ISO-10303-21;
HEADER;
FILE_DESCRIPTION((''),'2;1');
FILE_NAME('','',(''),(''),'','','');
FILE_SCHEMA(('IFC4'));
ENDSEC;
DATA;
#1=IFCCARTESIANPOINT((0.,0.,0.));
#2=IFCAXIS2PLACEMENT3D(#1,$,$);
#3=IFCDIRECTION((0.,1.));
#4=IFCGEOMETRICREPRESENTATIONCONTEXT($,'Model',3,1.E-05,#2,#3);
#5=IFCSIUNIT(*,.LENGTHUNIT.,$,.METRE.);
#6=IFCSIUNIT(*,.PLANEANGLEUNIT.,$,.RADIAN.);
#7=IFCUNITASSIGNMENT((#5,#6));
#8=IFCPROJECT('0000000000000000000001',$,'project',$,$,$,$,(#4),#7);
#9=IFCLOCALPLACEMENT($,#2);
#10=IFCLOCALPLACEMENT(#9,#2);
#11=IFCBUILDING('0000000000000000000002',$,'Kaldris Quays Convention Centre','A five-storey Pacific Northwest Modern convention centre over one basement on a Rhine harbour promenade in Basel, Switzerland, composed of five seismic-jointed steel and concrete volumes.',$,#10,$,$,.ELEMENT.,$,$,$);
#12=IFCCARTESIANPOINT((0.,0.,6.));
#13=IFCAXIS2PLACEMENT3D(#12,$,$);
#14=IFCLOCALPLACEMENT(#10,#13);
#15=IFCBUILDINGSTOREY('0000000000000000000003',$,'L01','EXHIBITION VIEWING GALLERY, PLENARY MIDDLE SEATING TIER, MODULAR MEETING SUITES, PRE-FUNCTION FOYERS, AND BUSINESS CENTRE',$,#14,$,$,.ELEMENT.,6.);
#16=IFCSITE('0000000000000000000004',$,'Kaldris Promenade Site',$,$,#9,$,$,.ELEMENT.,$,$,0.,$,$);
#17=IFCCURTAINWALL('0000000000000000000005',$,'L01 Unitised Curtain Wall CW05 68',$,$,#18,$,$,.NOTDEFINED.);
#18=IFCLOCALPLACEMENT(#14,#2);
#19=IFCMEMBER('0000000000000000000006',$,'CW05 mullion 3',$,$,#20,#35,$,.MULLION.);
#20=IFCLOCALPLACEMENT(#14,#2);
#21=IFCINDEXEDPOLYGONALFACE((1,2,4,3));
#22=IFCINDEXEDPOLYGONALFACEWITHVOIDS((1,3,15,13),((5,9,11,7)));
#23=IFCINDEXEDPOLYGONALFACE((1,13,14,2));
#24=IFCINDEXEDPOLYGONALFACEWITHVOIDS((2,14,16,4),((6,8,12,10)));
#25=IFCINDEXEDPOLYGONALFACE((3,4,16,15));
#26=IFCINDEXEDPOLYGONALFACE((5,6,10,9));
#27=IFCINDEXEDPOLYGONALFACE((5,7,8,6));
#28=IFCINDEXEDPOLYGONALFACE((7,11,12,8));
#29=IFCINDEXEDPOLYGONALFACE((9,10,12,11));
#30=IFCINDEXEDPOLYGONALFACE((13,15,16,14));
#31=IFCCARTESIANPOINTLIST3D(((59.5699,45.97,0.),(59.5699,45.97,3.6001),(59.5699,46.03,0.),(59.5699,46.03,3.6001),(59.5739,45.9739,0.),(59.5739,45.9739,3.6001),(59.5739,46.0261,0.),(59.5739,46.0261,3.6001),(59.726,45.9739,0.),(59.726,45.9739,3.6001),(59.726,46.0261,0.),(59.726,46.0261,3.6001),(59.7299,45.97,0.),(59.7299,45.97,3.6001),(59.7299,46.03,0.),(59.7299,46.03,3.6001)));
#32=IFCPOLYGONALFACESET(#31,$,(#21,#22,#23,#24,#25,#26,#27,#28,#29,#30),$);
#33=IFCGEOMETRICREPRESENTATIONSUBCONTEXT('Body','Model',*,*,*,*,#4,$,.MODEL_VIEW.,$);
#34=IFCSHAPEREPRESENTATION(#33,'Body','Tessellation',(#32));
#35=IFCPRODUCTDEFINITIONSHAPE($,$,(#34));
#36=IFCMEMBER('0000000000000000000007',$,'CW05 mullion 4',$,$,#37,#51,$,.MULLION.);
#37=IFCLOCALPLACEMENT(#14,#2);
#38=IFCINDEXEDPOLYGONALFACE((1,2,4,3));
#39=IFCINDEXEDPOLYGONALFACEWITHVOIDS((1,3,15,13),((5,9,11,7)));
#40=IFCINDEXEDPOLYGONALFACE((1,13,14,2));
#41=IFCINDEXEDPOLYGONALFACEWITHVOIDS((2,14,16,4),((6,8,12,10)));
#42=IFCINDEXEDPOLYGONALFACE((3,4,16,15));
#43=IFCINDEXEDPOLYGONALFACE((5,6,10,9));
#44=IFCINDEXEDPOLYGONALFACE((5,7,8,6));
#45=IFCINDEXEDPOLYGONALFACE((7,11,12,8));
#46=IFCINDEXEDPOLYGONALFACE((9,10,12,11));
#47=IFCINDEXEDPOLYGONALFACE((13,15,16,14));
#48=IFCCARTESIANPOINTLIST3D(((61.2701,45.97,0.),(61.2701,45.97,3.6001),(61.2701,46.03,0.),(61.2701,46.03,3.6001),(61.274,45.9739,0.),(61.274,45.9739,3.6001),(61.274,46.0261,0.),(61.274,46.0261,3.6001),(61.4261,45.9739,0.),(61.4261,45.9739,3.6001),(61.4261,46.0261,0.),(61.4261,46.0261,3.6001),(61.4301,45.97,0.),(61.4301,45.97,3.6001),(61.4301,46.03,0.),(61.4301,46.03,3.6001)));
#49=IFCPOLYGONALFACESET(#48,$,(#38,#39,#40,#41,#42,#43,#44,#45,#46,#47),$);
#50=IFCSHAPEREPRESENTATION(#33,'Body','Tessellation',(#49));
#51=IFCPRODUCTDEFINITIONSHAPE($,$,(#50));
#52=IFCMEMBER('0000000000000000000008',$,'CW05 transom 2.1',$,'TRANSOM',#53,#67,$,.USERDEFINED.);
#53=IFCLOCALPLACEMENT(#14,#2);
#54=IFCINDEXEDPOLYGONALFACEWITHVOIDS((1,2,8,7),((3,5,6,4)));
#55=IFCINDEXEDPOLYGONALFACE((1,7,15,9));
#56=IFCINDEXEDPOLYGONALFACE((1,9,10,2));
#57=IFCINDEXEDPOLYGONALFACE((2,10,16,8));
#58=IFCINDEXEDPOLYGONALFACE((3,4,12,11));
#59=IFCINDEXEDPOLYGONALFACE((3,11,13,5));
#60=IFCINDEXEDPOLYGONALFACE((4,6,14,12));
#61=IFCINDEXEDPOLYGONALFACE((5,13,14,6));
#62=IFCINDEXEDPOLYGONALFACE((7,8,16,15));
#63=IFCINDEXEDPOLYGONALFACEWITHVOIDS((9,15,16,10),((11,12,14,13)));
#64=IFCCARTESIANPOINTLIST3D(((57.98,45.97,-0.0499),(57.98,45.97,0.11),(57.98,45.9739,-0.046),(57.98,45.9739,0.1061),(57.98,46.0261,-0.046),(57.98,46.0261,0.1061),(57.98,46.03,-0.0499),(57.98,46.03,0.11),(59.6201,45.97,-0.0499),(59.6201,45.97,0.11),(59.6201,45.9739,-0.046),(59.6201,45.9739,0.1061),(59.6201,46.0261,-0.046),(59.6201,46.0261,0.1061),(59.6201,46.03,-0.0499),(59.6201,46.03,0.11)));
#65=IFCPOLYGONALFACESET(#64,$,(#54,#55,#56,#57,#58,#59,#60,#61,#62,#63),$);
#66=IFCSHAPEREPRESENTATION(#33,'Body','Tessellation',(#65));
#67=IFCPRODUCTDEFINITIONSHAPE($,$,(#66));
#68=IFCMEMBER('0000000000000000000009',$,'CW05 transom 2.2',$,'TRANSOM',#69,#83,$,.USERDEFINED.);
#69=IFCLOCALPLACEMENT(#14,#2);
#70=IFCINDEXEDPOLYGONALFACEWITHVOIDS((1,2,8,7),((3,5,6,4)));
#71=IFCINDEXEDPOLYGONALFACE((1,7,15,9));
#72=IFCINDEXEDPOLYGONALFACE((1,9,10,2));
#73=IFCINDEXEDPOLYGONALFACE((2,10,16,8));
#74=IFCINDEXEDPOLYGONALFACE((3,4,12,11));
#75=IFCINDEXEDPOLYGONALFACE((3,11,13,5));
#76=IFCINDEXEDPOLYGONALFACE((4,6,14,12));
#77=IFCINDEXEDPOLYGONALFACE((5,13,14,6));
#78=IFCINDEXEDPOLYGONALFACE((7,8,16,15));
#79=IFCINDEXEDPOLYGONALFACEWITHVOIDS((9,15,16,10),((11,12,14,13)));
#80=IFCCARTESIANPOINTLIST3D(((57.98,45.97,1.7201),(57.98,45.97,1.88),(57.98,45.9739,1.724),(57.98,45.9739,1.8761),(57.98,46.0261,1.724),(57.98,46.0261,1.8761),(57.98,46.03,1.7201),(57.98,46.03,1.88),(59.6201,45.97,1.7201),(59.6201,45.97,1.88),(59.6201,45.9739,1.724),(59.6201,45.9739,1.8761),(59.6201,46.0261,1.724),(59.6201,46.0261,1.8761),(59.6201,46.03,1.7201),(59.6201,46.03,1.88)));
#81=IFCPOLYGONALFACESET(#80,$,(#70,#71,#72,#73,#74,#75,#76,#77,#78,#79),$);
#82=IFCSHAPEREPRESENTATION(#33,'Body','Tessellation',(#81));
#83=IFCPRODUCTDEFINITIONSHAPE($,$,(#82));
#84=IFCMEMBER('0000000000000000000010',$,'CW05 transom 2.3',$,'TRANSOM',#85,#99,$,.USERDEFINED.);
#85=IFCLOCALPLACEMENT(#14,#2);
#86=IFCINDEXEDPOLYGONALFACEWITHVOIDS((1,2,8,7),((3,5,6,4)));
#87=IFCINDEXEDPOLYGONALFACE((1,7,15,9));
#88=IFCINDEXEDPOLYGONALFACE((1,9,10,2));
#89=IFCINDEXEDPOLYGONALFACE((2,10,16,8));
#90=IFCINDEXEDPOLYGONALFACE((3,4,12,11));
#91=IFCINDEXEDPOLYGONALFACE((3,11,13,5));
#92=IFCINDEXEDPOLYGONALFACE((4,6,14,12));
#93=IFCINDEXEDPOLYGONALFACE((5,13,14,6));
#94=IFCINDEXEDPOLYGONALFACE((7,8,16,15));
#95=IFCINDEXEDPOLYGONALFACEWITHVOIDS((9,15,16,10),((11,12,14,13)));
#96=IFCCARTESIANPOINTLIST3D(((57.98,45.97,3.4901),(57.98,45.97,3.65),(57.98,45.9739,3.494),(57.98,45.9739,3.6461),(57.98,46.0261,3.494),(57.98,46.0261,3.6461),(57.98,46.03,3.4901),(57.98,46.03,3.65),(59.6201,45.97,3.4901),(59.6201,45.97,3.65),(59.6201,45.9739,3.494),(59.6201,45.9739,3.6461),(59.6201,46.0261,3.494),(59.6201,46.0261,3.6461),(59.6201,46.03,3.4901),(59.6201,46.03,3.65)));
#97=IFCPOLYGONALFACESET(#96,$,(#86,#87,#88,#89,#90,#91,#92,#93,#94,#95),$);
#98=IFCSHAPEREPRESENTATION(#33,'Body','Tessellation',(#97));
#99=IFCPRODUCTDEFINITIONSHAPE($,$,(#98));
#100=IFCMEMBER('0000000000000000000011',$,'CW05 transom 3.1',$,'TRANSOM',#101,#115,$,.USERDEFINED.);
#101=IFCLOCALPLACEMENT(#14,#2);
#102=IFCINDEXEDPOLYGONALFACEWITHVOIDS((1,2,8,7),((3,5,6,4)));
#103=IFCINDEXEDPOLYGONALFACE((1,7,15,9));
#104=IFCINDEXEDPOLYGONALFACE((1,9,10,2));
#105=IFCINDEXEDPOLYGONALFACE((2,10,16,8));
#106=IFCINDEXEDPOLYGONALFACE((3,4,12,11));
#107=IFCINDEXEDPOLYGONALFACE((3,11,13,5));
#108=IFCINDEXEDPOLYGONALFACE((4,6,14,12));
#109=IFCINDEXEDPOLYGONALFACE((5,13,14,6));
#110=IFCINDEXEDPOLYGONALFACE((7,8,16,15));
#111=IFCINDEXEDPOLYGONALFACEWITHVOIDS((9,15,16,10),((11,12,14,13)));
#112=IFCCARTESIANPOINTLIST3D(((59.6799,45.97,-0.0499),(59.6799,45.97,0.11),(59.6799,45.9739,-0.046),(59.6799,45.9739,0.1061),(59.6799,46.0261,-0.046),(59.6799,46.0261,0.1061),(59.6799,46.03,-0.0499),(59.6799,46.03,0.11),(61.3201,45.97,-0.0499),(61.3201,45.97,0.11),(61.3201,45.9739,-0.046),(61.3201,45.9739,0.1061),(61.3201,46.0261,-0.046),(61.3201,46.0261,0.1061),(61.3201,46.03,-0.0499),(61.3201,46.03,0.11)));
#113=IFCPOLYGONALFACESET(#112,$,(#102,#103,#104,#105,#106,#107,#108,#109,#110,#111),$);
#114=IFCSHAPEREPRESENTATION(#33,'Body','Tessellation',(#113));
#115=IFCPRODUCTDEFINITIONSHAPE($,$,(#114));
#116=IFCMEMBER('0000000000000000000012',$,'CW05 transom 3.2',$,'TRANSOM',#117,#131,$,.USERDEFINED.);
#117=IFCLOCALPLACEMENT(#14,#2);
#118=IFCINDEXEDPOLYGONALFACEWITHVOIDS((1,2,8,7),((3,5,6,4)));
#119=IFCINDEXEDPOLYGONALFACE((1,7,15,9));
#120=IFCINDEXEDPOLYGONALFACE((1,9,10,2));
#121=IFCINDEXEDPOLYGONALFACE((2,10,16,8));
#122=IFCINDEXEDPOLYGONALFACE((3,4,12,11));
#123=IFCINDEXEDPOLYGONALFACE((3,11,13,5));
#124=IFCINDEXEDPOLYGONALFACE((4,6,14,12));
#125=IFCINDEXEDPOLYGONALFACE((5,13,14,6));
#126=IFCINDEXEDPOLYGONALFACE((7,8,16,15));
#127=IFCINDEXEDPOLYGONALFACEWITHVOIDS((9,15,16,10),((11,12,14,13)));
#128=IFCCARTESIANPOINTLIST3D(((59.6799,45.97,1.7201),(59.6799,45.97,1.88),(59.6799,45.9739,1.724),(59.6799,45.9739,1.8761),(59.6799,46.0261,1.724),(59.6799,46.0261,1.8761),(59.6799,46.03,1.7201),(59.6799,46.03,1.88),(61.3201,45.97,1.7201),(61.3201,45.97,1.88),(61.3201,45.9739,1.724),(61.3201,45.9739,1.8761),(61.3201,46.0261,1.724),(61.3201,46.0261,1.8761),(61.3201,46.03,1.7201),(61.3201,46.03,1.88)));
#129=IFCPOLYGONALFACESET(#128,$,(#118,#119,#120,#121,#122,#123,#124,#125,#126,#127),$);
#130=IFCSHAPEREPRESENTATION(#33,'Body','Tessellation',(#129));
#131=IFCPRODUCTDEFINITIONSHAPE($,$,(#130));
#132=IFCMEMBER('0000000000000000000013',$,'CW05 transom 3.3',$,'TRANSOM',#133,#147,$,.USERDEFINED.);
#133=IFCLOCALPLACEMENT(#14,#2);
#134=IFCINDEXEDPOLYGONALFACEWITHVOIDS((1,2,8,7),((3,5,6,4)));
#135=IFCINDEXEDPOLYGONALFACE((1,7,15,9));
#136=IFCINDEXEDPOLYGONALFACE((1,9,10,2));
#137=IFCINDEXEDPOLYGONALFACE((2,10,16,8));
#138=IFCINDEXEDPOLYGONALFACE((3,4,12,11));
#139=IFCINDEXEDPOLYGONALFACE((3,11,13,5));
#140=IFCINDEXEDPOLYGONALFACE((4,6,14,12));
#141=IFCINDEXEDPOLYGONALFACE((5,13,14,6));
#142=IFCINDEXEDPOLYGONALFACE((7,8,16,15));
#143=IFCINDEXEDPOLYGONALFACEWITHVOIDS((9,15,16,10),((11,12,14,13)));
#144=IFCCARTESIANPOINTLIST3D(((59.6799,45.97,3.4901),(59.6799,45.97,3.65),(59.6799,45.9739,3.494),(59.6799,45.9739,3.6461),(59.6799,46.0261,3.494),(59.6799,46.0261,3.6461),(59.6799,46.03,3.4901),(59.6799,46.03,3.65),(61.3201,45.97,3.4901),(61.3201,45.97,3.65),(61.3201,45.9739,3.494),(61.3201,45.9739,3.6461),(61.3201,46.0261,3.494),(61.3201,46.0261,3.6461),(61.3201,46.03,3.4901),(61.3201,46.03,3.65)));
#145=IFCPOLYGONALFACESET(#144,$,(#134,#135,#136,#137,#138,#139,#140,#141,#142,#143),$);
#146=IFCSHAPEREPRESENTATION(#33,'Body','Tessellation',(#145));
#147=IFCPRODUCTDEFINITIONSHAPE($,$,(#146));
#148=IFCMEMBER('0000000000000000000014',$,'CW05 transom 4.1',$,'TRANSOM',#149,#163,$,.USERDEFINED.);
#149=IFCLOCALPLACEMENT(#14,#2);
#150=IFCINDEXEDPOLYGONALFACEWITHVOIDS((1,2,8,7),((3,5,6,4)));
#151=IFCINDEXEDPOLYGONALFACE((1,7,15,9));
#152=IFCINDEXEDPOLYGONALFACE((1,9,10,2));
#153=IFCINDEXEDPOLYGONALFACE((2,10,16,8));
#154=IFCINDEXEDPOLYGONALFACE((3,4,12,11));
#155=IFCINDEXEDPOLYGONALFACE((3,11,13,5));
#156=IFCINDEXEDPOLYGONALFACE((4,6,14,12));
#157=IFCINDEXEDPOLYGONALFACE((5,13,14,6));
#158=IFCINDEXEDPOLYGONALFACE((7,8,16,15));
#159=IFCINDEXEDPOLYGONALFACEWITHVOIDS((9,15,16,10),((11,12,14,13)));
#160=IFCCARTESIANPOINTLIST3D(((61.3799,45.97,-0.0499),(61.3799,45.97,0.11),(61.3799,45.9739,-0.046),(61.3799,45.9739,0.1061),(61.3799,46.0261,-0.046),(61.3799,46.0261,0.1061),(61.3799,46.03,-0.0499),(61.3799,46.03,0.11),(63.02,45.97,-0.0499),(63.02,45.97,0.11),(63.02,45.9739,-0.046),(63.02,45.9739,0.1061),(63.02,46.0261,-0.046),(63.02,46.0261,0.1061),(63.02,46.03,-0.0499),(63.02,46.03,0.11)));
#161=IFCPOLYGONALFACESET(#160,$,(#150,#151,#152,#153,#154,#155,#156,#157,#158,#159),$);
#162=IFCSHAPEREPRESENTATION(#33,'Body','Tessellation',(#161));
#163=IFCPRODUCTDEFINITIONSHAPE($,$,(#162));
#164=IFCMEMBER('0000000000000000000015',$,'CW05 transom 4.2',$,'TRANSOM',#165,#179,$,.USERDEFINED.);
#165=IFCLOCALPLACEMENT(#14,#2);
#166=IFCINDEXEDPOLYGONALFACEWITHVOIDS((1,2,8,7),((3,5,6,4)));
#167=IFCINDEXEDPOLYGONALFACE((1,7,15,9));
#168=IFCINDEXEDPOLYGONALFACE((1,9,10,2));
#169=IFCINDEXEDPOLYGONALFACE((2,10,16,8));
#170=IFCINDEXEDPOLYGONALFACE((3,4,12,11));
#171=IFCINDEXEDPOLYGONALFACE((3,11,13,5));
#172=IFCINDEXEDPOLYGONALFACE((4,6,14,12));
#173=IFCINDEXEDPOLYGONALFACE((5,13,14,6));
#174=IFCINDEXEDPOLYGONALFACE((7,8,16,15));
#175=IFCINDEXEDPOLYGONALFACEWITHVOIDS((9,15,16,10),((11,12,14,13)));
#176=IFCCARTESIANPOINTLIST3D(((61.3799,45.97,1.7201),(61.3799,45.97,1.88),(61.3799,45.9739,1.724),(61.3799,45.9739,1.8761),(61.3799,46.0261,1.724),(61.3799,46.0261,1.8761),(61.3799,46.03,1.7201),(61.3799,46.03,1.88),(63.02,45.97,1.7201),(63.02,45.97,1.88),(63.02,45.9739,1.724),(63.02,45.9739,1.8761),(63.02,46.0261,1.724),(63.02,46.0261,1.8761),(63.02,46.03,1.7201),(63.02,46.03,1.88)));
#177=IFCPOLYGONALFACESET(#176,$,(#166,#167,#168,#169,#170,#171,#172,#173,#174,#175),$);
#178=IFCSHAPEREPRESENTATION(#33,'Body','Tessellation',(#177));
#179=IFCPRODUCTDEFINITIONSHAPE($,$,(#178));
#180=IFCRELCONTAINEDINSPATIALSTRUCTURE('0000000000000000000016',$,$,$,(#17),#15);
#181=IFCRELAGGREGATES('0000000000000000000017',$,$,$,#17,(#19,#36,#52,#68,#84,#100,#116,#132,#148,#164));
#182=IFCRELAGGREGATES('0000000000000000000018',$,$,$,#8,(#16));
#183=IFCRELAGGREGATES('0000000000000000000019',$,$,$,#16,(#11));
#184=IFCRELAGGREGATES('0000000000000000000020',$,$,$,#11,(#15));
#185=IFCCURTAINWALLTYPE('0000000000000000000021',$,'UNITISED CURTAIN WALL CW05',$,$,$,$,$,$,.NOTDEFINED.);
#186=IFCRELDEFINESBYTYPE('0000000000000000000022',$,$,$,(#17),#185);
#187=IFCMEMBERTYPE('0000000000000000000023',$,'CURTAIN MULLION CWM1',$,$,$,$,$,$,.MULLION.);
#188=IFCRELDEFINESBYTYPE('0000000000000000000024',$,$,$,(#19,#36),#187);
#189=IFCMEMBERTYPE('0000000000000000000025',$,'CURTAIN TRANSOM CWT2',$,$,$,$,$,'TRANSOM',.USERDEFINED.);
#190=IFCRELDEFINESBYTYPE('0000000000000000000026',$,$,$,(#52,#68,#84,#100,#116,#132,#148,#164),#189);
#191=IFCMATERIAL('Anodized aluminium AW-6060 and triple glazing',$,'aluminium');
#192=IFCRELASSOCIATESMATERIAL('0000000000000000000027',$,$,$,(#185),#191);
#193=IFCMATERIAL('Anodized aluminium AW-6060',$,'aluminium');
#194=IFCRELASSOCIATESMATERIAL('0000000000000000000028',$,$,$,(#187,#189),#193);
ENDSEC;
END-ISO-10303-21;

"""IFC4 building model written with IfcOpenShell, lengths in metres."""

from ifc_helpers import new_model, si_unit, direction, frame, origin, origin_2d, place, context, subcontext, project, spatial, hollow_rectangle, extrude, material, material_profile, profile_set, type_object, element, aggregate, save


model = new_model("IFC4")

# Units and contexts
model_context = context("Model", 3, precision=1e-05, world=origin(), true_north=direction((0.0, 1.0)))
body_context = subcontext(model_context, "Body", "Model", "MODEL_VIEW")
ifc_project = project(units=[si_unit("LENGTHUNIT", "METRE"), si_unit("PLANEANGLEUNIT", "RADIAN")], contexts=[model_context])

# Site, building, storey
site_placement = place(None, origin())
site = spatial("IfcSite", under=ifc_project, at=site_placement, Name="Kaldris Promenade Site", CompositionType="ELEMENT", RefElevation=0.0)
building_placement = place(site_placement, origin())
building = spatial("IfcBuilding", under=site, at=building_placement, Name="Kaldris Quays Convention Centre", Description="A five-storey Pacific Northwest Modern convention centre over one basement on a Rhine harbour promenade in Basel, Switzerland, composed of five seismic-jointed steel and concrete volumes.", CompositionType="ELEMENT")
storey_placement = place(building_placement, frame((0.0, 0.0, 6.0)))
storey = spatial("IfcBuildingStorey", under=building, at=storey_placement, Name="L01", Description="EXHIBITION VIEWING GALLERY, PLENARY MIDDLE SEATING TIER, MODULAR MEETING SUITES, PRE-FUNCTION FOYERS, AND BUSINESS CENTRE", CompositionType="ELEMENT", Elevation=6.0)

# Curtain wall, members
ifc_material_1 = material(Name="Anodized aluminium AW-6060 and triple glazing", Category="aluminium")
curtain_wall_type = type_object("IfcCurtainWallType", Name="UNITISED CURTAIN WALL CW05", PredefinedType="NOTDEFINED", material=ifc_material_1)
curtain_wall_placement = place(storey_placement, origin())
curtain_wall = element("IfcCurtainWall", 1, at=curtain_wall_placement, inside=storey, type_object=curtain_wall_type, Name="L01 Unitised Curtain Wall CW05 68", PredefinedType="NOTDEFINED")
ifc_material_2 = material(Name="Anodized aluminium AW-6060", Category="aluminium")
ifc_material_profile_1 = material_profile(ifc_material_2, hollow_rectangle(XDim=0.0601, YDim=0.1599, WallThickness=0.0039, at=origin_2d()), Name="RHS 160x60x4")
ifc_profile_set_1 = profile_set([ifc_material_profile_1], Name="Anodized aluminium AW-6060")
member_type_1 = type_object("IfcMemberType", Name="CURTAIN MULLION CWM1", PredefinedType="MULLION", material=ifc_profile_set_1)
member_1_placement = place(storey_placement, frame((59.6499, 46.0, 0.0), z_axis=(0.0, 0.0, 1.0), x_axis=(0.0, 1.0, 0.0)))
member_1 = element("IfcMember", 2, at=member_1_placement, type_object=member_type_1, Name="CW05 mullion 3", PredefinedType="MULLION", context=body_context, shape_type="SweptSolid", body=[
    extrude(hollow_rectangle(XDim=0.0601, YDim=0.1599, WallThickness=0.0039, at=origin_2d()), origin(), (0.0, 0.0, 1.0), 3.6001),
])
member_2_placement = place(storey_placement, frame((61.3501, 46.0, 0.0), z_axis=(0.0, 0.0, 1.0), x_axis=(0.0, 1.0, 0.0)))
member_2 = element("IfcMember", 3, at=member_2_placement, type_object=member_type_1, Name="CW05 mullion 4", PredefinedType="MULLION", context=body_context, shape_type="SweptSolid", body=[
    extrude(hollow_rectangle(XDim=0.0601, YDim=0.1599, WallThickness=0.0039, at=origin_2d()), origin(), (0.0, 0.0, 1.0), 3.6001),
])
ifc_material_profile_2 = material_profile(ifc_material_2, hollow_rectangle(XDim=0.0601, YDim=0.1599, WallThickness=0.0039, at=origin_2d()), Name="RHS 160x60x4")
ifc_profile_set_2 = profile_set([ifc_material_profile_2], Name="Anodized aluminium AW-6060")
member_type_2 = type_object("IfcMemberType", Name="CURTAIN TRANSOM CWT2", ElementType="TRANSOM", PredefinedType="USERDEFINED", material=ifc_profile_set_2)
member_3_placement = place(storey_placement, frame((57.98, 46.0, 0.03), z_axis=(1.0, 0.0, 0.0), x_axis=(0.0, 1.0, 0.0)))
member_3 = element("IfcMember", 4, at=member_3_placement, type_object=member_type_2, Name="CW05 transom 2.1", ObjectType="TRANSOM", PredefinedType="USERDEFINED", context=body_context, shape_type="SweptSolid", body=[
    extrude(hollow_rectangle(XDim=0.0601, YDim=0.1599, WallThickness=0.0039, at=origin_2d()), origin(), (0.0, 0.0, 1.0), 1.6401),
])
member_4_placement = place(storey_placement, frame((57.98, 46.0, 1.8), z_axis=(1.0, 0.0, 0.0), x_axis=(0.0, 1.0, 0.0)))
member_4 = element("IfcMember", 5, at=member_4_placement, type_object=member_type_2, Name="CW05 transom 2.2", ObjectType="TRANSOM", PredefinedType="USERDEFINED", context=body_context, shape_type="SweptSolid", body=[
    extrude(hollow_rectangle(XDim=0.0601, YDim=0.1599, WallThickness=0.0039, at=origin_2d()), origin(), (0.0, 0.0, 1.0), 1.6401),
])
member_5_placement = place(storey_placement, frame((57.98, 46.0, 3.5701), z_axis=(1.0, 0.0, 0.0), x_axis=(0.0, 1.0, 0.0)))
member_5 = element("IfcMember", 6, at=member_5_placement, type_object=member_type_2, Name="CW05 transom 2.3", ObjectType="TRANSOM", PredefinedType="USERDEFINED", context=body_context, shape_type="SweptSolid", body=[
    extrude(hollow_rectangle(XDim=0.0601, YDim=0.1599, WallThickness=0.0039, at=origin_2d()), origin(), (0.0, 0.0, 1.0), 1.6401),
])
member_6_placement = place(storey_placement, frame((59.6799, 46.0, 0.03), z_axis=(1.0, 0.0, 0.0), x_axis=(0.0, 1.0, 0.0)))
member_6 = element("IfcMember", 7, at=member_6_placement, type_object=member_type_2, Name="CW05 transom 3.1", ObjectType="TRANSOM", PredefinedType="USERDEFINED", context=body_context, shape_type="SweptSolid", body=[
    extrude(hollow_rectangle(XDim=0.0601, YDim=0.1599, WallThickness=0.0039, at=origin_2d()), origin(), (0.0, 0.0, 1.0), 1.6401),
])
member_7_placement = place(storey_placement, frame((59.6799, 46.0, 1.8), z_axis=(1.0, 0.0, 0.0), x_axis=(0.0, 1.0, 0.0)))
member_7 = element("IfcMember", 8, at=member_7_placement, type_object=member_type_2, Name="CW05 transom 3.2", ObjectType="TRANSOM", PredefinedType="USERDEFINED", context=body_context, shape_type="SweptSolid", body=[
    extrude(hollow_rectangle(XDim=0.0601, YDim=0.1599, WallThickness=0.0039, at=origin_2d()), origin(), (0.0, 0.0, 1.0), 1.6401),
])
member_8_placement = place(storey_placement, frame((59.6799, 46.0, 3.5701), z_axis=(1.0, 0.0, 0.0), x_axis=(0.0, 1.0, 0.0)))
member_8 = element("IfcMember", 9, at=member_8_placement, type_object=member_type_2, Name="CW05 transom 3.3", ObjectType="TRANSOM", PredefinedType="USERDEFINED", context=body_context, shape_type="SweptSolid", body=[
    extrude(hollow_rectangle(XDim=0.0601, YDim=0.1599, WallThickness=0.0039, at=origin_2d()), origin(), (0.0, 0.0, 1.0), 1.6401),
])
member_9_placement = place(storey_placement, frame((61.3799, 46.0, 0.03), z_axis=(1.0, 0.0, 0.0), x_axis=(0.0, 1.0, 0.0)))
member_9 = element("IfcMember", 10, at=member_9_placement, type_object=member_type_2, Name="CW05 transom 4.1", ObjectType="TRANSOM", PredefinedType="USERDEFINED", context=body_context, shape_type="SweptSolid", body=[
    extrude(hollow_rectangle(XDim=0.0601, YDim=0.1599, WallThickness=0.0039, at=origin_2d()), origin(), (0.0, 0.0, 1.0), 1.6401),
])
member_10_placement = place(storey_placement, frame((61.3799, 46.0, 1.8), z_axis=(1.0, 0.0, 0.0), x_axis=(0.0, 1.0, 0.0)))
member_10 = element("IfcMember", 11, at=member_10_placement, type_object=member_type_2, Name="CW05 transom 4.2", ObjectType="TRANSOM", PredefinedType="USERDEFINED", context=body_context, shape_type="SweptSolid", body=[
    extrude(hollow_rectangle(XDim=0.0601, YDim=0.1599, WallThickness=0.0039, at=origin_2d()), origin(), (0.0, 0.0, 1.0), 1.6401),
])

aggregate(curtain_wall, [member_1, member_2, member_3, member_4, member_5, member_6, member_7, member_8, member_9, member_10])

save(model, "model.ifc")
